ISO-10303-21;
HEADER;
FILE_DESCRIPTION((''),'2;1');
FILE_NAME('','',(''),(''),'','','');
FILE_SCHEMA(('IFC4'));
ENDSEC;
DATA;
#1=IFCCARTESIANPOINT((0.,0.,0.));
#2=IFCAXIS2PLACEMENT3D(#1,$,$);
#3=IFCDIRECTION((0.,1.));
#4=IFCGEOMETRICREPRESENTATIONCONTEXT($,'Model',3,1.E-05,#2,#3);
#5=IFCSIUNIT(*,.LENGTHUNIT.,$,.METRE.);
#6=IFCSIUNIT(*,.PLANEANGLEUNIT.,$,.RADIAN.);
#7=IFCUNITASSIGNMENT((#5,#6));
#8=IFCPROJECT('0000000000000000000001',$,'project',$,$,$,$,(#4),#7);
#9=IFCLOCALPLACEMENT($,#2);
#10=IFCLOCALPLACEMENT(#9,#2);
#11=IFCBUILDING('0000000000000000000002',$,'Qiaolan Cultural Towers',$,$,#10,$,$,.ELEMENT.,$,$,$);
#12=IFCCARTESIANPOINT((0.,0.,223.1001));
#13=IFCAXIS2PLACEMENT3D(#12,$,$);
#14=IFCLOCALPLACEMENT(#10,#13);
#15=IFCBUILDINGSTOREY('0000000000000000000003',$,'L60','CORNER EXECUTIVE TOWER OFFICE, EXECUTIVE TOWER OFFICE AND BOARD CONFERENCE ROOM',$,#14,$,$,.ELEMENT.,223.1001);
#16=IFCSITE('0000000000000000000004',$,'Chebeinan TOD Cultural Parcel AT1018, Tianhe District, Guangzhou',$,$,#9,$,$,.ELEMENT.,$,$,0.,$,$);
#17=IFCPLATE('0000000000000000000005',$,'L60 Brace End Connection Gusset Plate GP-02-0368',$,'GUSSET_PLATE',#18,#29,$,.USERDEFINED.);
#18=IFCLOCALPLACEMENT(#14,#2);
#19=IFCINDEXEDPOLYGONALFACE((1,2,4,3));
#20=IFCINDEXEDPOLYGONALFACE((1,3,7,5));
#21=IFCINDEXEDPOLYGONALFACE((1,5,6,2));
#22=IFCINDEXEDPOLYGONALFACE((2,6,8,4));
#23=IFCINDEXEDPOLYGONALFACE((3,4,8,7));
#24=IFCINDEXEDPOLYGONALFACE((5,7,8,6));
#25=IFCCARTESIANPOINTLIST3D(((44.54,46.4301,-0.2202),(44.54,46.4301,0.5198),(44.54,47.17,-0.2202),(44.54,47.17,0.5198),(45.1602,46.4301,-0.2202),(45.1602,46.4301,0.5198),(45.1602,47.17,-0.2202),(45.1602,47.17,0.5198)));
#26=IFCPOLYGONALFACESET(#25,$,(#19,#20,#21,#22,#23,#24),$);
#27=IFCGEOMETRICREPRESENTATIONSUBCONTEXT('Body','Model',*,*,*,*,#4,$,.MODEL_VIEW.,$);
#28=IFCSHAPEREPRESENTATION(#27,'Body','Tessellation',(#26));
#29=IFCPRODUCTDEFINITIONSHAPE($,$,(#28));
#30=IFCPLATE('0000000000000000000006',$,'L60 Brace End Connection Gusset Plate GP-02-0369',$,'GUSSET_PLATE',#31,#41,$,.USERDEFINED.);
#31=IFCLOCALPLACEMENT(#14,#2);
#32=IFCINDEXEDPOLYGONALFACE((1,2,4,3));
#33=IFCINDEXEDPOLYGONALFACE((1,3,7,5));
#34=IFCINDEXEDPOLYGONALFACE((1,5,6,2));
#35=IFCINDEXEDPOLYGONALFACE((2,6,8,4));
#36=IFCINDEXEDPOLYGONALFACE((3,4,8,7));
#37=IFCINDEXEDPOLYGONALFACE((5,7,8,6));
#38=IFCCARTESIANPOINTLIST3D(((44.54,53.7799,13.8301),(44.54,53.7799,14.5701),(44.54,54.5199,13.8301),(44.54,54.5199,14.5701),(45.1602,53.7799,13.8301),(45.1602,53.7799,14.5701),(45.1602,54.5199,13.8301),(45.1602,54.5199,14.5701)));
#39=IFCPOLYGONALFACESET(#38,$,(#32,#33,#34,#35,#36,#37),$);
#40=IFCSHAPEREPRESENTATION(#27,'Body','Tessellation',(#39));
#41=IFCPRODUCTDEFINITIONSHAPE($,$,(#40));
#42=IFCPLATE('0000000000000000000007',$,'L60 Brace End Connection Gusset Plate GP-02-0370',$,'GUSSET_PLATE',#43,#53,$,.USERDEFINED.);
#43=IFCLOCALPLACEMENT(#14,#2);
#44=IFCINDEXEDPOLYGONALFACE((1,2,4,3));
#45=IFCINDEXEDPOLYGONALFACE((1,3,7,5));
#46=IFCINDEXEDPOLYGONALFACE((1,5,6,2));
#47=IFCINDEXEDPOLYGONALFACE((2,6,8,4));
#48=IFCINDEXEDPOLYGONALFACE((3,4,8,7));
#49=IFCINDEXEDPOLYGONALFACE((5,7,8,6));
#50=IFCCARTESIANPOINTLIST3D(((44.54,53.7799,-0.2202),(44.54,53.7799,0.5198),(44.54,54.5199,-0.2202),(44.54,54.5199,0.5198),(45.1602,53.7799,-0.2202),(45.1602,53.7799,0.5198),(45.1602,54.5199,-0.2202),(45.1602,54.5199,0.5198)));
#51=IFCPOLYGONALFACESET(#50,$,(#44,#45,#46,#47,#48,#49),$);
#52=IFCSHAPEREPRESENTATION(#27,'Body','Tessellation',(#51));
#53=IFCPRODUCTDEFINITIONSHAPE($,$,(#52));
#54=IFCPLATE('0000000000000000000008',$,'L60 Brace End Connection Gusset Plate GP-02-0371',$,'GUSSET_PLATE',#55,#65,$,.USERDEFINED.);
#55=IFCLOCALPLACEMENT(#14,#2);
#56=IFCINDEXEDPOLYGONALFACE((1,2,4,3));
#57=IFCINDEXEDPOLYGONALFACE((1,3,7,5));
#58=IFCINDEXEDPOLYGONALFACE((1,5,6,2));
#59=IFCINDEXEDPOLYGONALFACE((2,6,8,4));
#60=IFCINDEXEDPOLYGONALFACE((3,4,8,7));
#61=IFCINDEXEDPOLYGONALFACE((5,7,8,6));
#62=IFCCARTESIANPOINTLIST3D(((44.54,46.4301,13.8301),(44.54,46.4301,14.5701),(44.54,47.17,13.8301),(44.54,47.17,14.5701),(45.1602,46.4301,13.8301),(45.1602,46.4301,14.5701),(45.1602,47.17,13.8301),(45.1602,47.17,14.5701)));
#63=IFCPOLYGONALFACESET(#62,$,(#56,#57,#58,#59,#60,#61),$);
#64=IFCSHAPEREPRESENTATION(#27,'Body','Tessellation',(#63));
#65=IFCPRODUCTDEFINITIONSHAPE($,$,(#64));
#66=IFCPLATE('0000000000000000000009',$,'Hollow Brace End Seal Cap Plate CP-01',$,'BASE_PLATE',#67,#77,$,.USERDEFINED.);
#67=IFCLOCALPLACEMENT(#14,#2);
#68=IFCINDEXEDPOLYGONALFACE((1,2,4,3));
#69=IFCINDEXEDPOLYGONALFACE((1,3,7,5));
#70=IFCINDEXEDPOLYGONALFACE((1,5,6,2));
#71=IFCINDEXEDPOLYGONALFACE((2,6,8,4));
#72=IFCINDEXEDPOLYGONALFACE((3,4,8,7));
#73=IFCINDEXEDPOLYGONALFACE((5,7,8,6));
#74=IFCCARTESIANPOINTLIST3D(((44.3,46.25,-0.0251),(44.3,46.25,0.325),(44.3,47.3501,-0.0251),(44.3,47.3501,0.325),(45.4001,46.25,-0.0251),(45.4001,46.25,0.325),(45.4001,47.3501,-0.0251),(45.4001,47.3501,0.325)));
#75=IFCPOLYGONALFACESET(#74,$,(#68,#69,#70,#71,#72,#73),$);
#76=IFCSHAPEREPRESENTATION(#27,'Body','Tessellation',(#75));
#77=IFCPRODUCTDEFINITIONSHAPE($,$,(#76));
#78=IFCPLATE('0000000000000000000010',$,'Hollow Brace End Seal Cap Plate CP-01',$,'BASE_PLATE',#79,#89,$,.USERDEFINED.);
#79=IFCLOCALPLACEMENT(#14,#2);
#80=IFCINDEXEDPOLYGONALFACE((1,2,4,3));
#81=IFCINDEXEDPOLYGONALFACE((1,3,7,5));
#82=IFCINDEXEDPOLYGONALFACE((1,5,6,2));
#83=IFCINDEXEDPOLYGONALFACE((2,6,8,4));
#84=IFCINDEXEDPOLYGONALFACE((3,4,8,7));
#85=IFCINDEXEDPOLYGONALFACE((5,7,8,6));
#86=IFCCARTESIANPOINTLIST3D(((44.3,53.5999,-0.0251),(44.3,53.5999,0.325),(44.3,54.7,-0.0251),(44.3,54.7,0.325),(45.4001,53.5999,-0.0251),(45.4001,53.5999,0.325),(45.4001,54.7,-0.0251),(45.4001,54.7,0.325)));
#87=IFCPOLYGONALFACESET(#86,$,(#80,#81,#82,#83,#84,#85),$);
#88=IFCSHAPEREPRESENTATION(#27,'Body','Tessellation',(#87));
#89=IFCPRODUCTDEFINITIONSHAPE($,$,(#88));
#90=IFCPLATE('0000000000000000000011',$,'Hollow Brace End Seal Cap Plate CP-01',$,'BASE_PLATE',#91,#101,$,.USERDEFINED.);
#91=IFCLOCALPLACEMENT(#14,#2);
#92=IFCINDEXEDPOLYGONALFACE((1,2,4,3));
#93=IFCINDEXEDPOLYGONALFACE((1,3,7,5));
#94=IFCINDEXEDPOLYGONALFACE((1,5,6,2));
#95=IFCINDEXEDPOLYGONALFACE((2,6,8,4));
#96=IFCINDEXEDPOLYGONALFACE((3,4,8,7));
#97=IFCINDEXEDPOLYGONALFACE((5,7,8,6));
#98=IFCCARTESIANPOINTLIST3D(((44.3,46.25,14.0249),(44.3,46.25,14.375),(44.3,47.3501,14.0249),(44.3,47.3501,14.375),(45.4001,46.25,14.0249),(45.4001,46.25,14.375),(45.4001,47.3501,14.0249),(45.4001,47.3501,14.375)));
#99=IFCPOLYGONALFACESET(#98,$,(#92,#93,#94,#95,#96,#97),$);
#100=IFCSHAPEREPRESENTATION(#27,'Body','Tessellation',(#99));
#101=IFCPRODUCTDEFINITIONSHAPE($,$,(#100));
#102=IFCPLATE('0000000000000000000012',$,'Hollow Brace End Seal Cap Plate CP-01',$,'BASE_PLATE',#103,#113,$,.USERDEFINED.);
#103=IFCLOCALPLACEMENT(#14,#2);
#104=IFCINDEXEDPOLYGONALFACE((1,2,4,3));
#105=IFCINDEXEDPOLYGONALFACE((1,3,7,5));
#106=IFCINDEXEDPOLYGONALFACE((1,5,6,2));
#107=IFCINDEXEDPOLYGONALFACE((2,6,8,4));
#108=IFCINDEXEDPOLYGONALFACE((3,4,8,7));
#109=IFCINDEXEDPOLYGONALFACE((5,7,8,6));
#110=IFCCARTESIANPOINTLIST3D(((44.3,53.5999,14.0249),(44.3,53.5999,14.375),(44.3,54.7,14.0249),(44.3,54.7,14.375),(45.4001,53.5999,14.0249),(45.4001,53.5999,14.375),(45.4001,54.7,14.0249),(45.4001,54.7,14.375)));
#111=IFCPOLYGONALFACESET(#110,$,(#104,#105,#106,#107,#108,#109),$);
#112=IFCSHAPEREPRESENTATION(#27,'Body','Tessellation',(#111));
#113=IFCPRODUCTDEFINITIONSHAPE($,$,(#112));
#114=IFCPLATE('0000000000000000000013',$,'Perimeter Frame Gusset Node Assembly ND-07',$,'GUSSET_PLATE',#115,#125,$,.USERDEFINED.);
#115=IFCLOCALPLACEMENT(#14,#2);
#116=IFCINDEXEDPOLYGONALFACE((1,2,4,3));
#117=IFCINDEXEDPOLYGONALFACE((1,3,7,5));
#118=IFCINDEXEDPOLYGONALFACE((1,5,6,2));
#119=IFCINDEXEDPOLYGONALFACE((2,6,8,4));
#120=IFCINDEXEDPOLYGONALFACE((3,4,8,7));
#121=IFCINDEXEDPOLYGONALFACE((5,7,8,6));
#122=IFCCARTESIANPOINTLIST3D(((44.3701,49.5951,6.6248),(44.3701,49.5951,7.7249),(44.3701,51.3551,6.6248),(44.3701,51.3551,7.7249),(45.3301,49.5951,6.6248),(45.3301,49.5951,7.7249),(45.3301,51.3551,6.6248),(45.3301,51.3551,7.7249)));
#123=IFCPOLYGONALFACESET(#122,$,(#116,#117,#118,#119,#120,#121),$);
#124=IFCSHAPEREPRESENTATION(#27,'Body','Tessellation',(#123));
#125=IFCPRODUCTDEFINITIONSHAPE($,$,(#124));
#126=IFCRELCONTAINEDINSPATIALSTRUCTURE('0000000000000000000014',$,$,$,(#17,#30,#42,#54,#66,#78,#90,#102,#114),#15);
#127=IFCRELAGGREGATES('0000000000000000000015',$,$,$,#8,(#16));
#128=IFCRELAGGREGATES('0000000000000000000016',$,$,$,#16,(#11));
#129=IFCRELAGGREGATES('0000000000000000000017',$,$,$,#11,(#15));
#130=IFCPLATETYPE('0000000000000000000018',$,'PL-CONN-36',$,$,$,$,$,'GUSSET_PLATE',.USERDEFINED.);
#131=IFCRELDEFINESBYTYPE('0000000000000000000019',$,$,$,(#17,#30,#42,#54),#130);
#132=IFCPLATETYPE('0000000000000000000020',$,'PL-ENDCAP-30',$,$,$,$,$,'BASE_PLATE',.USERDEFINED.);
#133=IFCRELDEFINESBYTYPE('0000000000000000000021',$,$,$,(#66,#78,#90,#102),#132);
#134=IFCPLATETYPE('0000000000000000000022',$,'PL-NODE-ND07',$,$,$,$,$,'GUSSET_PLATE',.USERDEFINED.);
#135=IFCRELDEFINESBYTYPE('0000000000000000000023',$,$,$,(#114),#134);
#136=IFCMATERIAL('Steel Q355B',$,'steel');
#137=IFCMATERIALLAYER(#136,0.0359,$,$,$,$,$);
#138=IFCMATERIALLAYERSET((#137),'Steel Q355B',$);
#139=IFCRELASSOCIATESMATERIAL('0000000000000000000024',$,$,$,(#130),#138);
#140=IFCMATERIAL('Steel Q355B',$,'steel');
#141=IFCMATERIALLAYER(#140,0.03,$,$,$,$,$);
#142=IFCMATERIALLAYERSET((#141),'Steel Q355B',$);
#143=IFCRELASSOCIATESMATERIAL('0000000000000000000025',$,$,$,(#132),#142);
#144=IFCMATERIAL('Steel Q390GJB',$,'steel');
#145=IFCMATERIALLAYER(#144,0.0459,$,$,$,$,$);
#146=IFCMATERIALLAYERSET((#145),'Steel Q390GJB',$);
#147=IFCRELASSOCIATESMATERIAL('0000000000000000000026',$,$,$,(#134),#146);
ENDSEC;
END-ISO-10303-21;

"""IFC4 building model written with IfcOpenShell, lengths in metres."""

from ifc_helpers import new_model, si_unit, direction, frame, origin, origin_2d, place, context, subcontext, project, spatial, rectangle, extrude, material, layer, layer_set, type_object, element, save


model = new_model("IFC4")

# Units and contexts
model_context = context("Model", 3, precision=1e-05, world=origin(), true_north=direction((0.0, 1.0)))
body_context = subcontext(model_context, "Body", "Model", "MODEL_VIEW")
ifc_project = project(units=[si_unit("LENGTHUNIT", "METRE"), si_unit("PLANEANGLEUNIT", "RADIAN")], contexts=[model_context])

# Site, building, storey
site_placement = place(None, origin())
site = spatial("IfcSite", under=ifc_project, at=site_placement, Name="Chebeinan TOD Cultural Parcel AT1018, Tianhe District, Guangzhou", CompositionType="ELEMENT", RefElevation=0.0)
building_placement = place(site_placement, origin())
building = spatial("IfcBuilding", under=site, at=building_placement, Name="Qiaolan Cultural Towers", CompositionType="ELEMENT")
storey_placement = place(building_placement, frame((0.0, 0.0, 223.1001)))
storey = spatial("IfcBuildingStorey", under=building, at=storey_placement, Name="L60", Description="CORNER EXECUTIVE TOWER OFFICE, EXECUTIVE TOWER OFFICE AND BOARD CONFERENCE ROOM", CompositionType="ELEMENT", Elevation=223.1001)

# Plates
ifc_material_1 = material(Name="Steel Q355B", Category="steel")
ifc_layer_1 = layer(ifc_material_1, 0.0359)
ifc_layer_set_1 = layer_set([ifc_layer_1], Name="Steel Q355B")
plate_type_1 = type_object("IfcPlateType", Name="PL-CONN-36", ElementType="GUSSET_PLATE", PredefinedType="USERDEFINED", material=ifc_layer_set_1)
for number, where, z_axis, x_axis, name in (
    (1, (44.8501, 46.8, -0.2202), (0.0, 0.0, 1.0), (0.0, 1.0, 0.0), "L60 Brace End Connection Gusset Plate GP-02-0368"),
    (2, (44.8501, 54.1499, 13.8301), (0.0, 0.0, 1.0), (0.0, 1.0, 0.0), "L60 Brace End Connection Gusset Plate GP-02-0369"),
    (3, (44.8501, 54.1499, -0.2202), (0.0, 0.0, 1.0), (0.0, 1.0, 0.0), "L60 Brace End Connection Gusset Plate GP-02-0370"),
    (4, (44.8501, 46.8, 13.8301), (0.0, 0.0, 1.0), (0.0, 1.0, 0.0), "L60 Brace End Connection Gusset Plate GP-02-0371"),
):
    element("IfcPlate", number, at=place(storey_placement, frame(where, z_axis=z_axis, x_axis=x_axis)), inside=storey, type_object=plate_type_1, Name=name, ObjectType="GUSSET_PLATE", PredefinedType="USERDEFINED", context=body_context, shape_type="SweptSolid", body=[
        extrude(rectangle(XDim=0.74, YDim=0.6201, at=origin_2d()), origin(), (0.0, 0.0, 1.0), 0.74),
    ])
ifc_material_2 = material(Name="Steel Q355B", Category="steel")
ifc_layer_2 = layer(ifc_material_2, 0.03)
ifc_layer_set_2 = layer_set([ifc_layer_2], Name="Steel Q355B")
plate_type_2 = type_object("IfcPlateType", Name="PL-ENDCAP-30", ElementType="BASE_PLATE", PredefinedType="USERDEFINED", material=ifc_layer_set_2)
for number, where, z_axis, x_axis, name in (
    (5, (44.8501, 46.8, -0.0251), (0.0, 0.0, 1.0), (0.0, 1.0, 0.0), "Hollow Brace End Seal Cap Plate CP-01"),
    (6, (44.8501, 54.1499, -0.0251), (0.0, 0.0, 1.0), (0.0, 1.0, 0.0), "Hollow Brace End Seal Cap Plate CP-01"),
    (7, (44.8501, 46.8, 14.0249), (0.0, 0.0, 1.0), (0.0, 1.0, 0.0), "Hollow Brace End Seal Cap Plate CP-01"),
    (8, (44.8501, 54.1499, 14.0249), (0.0, 0.0, 1.0), (0.0, 1.0, 0.0), "Hollow Brace End Seal Cap Plate CP-01"),
):
    element("IfcPlate", number, at=place(storey_placement, frame(where, z_axis=z_axis, x_axis=x_axis)), inside=storey, type_object=plate_type_2, Name=name, ObjectType="BASE_PLATE", PredefinedType="USERDEFINED", context=body_context, shape_type="SweptSolid", body=[
        extrude(rectangle(XDim=1.1001, YDim=1.1001, at=origin_2d()), origin(), (0.0, 0.0, 1.0), 0.3501),
    ])
ifc_material_3 = material(Name="Steel Q390GJB", Category="steel")
ifc_layer_3 = layer(ifc_material_3, 0.0459)
ifc_layer_set_3 = layer_set([ifc_layer_3], Name="Steel Q390GJB")
plate_type_3 = type_object("IfcPlateType", Name="PL-NODE-ND07", ElementType="GUSSET_PLATE", PredefinedType="USERDEFINED", material=ifc_layer_set_3)
plate_placement = place(storey_placement, frame((44.8501, 50.4751, 6.6248), z_axis=(0.0, 0.0, 1.0), x_axis=(0.0, 1.0, 0.0)))
element("IfcPlate", 9, at=plate_placement, inside=storey, type_object=plate_type_3, Name="Perimeter Frame Gusset Node Assembly ND-07", ObjectType="GUSSET_PLATE", PredefinedType="USERDEFINED", context=body_context, shape_type="SweptSolid", body=[
    extrude(rectangle(XDim=1.76, YDim=0.96, at=origin_2d()), origin(), (0.0, 0.0, 1.0), 1.1001),
])

save(model, "model.ifc")
